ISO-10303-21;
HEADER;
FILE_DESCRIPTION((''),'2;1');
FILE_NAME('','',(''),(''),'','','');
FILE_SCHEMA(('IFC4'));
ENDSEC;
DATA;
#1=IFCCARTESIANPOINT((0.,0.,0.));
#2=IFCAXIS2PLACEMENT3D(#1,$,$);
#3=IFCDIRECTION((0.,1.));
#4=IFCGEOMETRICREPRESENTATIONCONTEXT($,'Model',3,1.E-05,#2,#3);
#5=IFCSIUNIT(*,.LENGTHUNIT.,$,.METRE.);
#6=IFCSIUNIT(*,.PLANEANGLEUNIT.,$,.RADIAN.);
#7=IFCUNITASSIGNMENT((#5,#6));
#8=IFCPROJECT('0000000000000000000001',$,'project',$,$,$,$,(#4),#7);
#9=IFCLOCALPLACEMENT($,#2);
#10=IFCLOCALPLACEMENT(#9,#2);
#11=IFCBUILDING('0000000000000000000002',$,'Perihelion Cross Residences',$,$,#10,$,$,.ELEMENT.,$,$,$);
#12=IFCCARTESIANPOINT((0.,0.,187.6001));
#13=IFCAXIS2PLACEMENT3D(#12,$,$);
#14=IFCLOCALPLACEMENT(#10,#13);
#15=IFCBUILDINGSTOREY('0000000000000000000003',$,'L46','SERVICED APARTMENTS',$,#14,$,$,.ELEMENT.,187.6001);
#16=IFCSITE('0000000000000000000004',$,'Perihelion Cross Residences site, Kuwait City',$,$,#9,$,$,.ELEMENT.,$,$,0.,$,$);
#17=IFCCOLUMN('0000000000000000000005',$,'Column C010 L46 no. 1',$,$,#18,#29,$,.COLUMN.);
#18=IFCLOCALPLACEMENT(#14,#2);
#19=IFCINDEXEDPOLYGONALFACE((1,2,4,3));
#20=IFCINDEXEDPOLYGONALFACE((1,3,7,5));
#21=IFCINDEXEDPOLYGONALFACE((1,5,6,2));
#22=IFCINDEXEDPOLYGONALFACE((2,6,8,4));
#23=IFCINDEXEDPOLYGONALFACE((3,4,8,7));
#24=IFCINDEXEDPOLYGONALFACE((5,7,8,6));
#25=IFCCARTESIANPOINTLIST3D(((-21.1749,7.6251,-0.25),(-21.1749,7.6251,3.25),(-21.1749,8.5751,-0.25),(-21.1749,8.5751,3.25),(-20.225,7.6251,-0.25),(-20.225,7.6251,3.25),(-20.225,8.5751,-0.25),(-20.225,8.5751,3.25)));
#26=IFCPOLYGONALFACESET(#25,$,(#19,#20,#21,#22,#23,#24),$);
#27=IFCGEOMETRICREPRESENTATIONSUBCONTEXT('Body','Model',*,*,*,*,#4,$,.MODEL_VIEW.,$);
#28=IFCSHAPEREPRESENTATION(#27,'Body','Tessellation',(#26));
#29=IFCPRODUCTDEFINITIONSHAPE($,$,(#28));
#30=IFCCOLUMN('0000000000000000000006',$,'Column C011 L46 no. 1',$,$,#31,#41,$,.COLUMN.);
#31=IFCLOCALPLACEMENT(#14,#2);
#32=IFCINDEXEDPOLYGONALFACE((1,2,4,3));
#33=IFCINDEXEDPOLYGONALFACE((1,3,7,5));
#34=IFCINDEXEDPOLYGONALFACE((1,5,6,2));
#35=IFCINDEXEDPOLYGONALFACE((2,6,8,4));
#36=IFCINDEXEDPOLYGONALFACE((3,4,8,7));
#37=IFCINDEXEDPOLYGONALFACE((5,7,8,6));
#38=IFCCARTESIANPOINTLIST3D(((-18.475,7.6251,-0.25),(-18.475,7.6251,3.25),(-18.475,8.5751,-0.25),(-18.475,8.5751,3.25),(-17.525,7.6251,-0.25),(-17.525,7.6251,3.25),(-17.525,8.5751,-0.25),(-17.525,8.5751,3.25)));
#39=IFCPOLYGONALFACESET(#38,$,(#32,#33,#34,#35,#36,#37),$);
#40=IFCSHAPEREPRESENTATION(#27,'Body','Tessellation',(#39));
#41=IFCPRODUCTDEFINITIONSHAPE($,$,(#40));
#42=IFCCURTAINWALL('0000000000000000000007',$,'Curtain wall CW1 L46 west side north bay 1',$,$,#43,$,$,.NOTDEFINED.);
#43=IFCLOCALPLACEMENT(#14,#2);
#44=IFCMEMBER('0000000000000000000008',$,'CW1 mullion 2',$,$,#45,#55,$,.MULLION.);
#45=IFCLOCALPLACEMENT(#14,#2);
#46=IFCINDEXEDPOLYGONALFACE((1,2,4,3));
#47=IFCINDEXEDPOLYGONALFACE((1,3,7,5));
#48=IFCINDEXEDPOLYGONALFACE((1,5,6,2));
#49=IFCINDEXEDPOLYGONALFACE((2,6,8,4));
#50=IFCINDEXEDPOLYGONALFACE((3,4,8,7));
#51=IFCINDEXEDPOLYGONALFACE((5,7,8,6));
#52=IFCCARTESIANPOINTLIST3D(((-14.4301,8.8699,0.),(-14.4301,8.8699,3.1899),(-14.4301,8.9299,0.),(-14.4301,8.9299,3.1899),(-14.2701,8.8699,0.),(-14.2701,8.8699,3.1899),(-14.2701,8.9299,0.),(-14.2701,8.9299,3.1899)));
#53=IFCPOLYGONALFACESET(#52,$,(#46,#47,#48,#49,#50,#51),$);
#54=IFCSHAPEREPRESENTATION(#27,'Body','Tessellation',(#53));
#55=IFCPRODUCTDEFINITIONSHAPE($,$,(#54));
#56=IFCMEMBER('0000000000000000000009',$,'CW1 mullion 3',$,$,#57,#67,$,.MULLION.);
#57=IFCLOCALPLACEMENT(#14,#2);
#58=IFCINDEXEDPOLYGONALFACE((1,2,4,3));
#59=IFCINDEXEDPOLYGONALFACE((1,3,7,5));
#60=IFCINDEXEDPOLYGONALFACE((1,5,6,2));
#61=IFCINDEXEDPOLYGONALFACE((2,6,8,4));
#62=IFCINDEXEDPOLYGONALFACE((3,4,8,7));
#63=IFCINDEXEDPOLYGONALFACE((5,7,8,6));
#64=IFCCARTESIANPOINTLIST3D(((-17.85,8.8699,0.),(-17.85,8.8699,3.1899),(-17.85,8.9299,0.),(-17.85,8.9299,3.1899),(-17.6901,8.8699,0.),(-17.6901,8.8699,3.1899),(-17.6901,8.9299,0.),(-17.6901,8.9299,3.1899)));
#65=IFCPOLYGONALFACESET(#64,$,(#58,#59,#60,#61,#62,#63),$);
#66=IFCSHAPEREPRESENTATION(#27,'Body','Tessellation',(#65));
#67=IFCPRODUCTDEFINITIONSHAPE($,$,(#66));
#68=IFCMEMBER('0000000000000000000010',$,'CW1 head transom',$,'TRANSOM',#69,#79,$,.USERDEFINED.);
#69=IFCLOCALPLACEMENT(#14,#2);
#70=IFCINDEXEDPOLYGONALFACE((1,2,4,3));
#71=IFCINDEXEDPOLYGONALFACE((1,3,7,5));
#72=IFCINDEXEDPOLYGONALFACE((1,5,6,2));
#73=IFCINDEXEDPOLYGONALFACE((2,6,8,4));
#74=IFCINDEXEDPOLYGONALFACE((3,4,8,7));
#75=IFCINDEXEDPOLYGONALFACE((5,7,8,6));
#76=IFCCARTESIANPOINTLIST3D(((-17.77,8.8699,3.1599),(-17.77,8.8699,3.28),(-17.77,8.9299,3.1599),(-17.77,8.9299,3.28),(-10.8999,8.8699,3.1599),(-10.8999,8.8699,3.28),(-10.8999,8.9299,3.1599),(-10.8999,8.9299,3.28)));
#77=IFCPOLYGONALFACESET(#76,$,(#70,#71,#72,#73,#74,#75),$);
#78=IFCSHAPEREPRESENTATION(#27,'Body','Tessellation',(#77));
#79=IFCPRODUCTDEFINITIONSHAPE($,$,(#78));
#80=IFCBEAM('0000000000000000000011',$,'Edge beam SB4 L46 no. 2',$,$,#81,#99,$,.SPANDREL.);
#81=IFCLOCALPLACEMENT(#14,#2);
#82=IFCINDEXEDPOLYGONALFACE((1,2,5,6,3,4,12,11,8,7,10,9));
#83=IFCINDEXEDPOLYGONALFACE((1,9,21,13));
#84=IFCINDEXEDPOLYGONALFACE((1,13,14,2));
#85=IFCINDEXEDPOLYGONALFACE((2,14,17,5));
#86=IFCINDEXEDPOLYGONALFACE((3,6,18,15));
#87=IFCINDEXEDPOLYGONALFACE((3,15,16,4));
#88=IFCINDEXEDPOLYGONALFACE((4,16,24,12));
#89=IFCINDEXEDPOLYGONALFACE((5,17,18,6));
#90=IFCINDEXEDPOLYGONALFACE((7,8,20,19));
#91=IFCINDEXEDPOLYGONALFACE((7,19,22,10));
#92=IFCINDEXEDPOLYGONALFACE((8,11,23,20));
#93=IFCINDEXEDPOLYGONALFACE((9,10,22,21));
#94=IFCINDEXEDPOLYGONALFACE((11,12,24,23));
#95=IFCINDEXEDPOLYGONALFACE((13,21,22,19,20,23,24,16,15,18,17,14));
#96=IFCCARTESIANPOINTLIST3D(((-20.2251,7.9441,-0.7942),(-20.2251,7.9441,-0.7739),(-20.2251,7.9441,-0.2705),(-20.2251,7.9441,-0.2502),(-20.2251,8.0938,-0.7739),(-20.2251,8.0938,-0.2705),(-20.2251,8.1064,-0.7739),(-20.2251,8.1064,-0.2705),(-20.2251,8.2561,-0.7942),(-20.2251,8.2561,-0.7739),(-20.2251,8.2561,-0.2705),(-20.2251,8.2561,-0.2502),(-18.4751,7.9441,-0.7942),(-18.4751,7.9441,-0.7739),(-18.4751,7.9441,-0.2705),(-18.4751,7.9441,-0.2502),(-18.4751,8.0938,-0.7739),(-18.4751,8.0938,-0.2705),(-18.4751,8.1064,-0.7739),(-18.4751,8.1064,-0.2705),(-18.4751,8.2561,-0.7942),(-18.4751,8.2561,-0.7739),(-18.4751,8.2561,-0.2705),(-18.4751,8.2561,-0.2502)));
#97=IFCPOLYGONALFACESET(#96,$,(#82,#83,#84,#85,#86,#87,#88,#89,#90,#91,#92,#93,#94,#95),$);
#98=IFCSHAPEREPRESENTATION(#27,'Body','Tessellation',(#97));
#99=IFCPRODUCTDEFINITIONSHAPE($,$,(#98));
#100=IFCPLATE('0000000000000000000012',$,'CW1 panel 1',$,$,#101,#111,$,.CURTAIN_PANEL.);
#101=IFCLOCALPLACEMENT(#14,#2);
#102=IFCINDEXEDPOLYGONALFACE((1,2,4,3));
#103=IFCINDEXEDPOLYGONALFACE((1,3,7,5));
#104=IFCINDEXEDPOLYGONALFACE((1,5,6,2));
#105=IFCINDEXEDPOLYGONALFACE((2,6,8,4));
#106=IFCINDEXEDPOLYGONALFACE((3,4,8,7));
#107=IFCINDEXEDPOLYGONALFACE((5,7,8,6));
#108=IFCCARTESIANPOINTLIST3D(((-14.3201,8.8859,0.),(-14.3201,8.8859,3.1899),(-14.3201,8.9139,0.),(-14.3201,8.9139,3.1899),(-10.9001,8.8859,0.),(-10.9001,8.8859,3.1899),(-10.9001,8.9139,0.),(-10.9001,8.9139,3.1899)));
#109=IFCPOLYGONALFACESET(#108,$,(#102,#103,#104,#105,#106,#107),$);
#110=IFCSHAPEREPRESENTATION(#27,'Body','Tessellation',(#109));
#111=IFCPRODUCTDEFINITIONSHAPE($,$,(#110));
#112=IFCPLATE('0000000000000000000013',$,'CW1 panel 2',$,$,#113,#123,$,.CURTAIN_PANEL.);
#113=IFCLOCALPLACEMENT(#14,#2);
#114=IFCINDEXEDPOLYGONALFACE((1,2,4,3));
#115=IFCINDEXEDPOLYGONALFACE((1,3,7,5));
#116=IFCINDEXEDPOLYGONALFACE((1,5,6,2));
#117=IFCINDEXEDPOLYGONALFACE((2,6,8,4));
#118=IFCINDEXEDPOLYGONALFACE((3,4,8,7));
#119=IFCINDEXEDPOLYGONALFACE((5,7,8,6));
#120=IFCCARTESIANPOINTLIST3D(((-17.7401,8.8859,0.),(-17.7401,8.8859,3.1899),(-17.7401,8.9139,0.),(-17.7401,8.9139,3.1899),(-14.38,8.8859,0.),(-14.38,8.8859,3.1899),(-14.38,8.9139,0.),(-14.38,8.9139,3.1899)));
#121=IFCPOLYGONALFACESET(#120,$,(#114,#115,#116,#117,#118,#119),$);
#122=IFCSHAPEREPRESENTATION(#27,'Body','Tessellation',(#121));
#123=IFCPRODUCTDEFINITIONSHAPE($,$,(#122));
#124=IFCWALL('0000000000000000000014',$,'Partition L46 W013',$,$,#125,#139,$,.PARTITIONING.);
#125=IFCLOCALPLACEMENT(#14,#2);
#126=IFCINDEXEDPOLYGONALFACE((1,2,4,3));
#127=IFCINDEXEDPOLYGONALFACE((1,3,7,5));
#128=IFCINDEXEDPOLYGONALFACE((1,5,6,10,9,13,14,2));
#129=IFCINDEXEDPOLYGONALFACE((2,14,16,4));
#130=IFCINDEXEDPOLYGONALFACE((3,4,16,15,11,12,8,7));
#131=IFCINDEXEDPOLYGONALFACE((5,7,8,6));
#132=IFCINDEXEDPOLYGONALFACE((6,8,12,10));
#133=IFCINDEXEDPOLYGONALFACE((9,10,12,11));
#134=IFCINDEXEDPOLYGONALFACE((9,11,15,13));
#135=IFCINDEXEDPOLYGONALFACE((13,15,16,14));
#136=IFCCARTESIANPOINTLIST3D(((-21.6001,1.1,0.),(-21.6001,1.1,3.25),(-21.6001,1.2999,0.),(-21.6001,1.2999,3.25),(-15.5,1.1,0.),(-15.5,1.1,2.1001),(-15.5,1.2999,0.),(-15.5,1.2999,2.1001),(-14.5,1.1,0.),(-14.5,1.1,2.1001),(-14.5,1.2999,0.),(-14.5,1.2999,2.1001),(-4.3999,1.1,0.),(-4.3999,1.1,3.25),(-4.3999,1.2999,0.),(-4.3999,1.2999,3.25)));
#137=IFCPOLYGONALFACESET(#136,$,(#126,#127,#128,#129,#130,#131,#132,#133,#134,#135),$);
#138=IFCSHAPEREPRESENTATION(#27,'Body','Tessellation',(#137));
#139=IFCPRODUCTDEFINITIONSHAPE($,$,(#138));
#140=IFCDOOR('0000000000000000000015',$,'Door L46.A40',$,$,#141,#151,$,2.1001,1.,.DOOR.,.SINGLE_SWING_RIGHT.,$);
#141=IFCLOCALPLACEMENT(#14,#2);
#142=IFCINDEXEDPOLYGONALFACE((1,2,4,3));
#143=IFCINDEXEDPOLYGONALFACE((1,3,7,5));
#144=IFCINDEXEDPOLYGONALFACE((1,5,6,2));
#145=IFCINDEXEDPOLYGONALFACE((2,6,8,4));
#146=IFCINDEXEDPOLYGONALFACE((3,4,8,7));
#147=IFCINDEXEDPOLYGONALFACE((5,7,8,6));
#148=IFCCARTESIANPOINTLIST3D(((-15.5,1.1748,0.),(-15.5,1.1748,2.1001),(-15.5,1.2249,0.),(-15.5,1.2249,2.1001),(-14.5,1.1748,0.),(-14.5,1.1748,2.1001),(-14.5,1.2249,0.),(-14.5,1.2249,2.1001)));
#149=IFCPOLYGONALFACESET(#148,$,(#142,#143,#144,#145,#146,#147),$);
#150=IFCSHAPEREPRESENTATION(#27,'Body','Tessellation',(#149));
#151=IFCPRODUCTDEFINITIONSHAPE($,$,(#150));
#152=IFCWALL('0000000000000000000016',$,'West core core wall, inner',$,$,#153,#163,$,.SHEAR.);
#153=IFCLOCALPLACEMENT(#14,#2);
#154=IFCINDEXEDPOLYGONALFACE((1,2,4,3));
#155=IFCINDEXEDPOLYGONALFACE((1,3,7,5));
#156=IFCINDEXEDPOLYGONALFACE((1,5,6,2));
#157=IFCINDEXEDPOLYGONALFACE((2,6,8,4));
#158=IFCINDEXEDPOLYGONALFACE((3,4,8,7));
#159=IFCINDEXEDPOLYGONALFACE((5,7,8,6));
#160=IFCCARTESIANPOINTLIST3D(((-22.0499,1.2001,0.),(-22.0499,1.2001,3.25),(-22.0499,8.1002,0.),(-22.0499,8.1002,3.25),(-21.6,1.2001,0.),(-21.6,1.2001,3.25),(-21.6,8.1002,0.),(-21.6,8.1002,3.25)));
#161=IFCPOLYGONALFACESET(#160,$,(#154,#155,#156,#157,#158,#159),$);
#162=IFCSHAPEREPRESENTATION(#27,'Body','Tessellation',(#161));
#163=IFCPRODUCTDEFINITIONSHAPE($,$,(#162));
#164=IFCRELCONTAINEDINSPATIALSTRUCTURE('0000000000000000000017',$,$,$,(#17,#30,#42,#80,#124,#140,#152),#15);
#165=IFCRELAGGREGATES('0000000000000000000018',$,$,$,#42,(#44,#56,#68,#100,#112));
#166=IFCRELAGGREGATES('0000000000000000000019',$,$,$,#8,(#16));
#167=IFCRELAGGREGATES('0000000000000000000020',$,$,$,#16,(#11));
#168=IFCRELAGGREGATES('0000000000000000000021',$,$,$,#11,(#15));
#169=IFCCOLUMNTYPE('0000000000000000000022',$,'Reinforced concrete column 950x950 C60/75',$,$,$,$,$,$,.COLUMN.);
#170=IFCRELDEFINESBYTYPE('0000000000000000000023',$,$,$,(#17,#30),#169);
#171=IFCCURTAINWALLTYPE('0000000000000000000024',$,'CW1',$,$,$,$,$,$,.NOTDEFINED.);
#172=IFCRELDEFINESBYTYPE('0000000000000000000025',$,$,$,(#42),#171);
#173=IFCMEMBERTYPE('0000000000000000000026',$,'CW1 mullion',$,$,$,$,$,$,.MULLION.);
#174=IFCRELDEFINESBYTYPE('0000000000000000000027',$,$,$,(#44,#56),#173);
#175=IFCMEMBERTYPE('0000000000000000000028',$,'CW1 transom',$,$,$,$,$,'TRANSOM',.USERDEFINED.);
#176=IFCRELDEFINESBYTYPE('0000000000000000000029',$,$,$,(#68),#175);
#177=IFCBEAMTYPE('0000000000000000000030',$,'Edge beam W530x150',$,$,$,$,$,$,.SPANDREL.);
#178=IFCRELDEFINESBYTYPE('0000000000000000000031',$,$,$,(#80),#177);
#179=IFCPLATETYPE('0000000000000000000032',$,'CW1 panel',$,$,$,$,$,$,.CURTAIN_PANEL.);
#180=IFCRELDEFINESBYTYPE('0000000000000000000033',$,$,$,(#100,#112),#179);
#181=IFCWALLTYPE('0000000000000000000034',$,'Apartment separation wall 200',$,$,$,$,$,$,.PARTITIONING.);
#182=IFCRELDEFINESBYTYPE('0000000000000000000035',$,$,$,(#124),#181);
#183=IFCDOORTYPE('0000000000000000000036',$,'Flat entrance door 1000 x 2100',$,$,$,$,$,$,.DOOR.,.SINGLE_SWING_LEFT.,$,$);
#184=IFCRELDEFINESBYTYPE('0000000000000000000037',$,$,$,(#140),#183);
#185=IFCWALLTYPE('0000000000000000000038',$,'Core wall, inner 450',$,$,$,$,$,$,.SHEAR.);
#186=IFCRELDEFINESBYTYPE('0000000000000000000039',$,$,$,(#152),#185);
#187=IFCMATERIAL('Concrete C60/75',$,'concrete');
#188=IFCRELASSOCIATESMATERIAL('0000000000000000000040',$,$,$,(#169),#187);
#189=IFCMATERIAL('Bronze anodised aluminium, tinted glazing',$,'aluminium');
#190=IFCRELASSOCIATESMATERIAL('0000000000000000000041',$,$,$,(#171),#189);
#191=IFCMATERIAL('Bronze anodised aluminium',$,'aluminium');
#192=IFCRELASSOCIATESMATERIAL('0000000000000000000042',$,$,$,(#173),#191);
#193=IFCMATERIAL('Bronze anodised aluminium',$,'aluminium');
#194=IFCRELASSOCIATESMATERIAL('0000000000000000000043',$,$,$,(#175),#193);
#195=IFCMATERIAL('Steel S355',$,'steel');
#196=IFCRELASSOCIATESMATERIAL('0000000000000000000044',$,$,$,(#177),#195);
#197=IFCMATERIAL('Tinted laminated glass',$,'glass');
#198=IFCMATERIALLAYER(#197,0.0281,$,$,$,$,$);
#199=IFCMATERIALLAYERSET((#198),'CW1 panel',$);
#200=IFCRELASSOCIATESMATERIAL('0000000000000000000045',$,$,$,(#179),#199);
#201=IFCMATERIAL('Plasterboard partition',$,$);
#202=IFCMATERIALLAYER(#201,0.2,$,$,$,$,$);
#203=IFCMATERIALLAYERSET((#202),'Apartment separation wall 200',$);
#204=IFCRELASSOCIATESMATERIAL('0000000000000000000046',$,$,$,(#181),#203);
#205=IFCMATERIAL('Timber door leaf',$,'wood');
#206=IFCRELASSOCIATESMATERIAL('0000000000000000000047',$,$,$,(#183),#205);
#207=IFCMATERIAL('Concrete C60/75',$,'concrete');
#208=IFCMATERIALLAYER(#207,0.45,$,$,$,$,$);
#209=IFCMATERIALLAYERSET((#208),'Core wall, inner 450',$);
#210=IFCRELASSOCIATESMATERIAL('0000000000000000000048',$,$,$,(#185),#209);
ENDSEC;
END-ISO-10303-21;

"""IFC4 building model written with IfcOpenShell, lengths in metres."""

from ifc_helpers import new_model, si_unit, direction, frame, frame_2d, origin, origin_2d, place, context, subcontext, project, spatial, rectangle, i_section, extrude, material, layer, layer_set, material_profile, profile_set, type_object, element, fill, aggregate, save


model = new_model("IFC4")

# Units and contexts
model_context = context("Model", 3, precision=1e-05, world=origin(), true_north=direction((0.0, 1.0)))
body_context = subcontext(model_context, "Body", "Model", "MODEL_VIEW")
ifc_project = project(units=[si_unit("LENGTHUNIT", "METRE"), si_unit("PLANEANGLEUNIT", "RADIAN")], contexts=[model_context])

# Site, building, storey
site_placement = place(None, origin())
site = spatial("IfcSite", under=ifc_project, at=site_placement, Name="Perihelion Cross Residences site, Kuwait City", CompositionType="ELEMENT", RefElevation=0.0)
building_placement = place(site_placement, origin())
building = spatial("IfcBuilding", under=site, at=building_placement, Name="Perihelion Cross Residences", CompositionType="ELEMENT")
storey_placement = place(building_placement, frame((0.0, 0.0, 187.6001)))
storey = spatial("IfcBuildingStorey", under=building, at=storey_placement, Name="L46", Description="SERVICED APARTMENTS", CompositionType="ELEMENT", Elevation=187.6001)

# Columns
ifc_material_1 = material(Name="Concrete C60/75", Category="concrete")
ifc_material_profile_1 = material_profile(ifc_material_1, rectangle(XDim=0.95, YDim=0.95, at=origin_2d()), Name="RC 950x950")
ifc_profile_set_1 = profile_set([ifc_material_profile_1], Name="Concrete C60/75")
column_type = type_object("IfcColumnType", Name="Reinforced concrete column 950x950 C60/75", PredefinedType="COLUMN", material=ifc_profile_set_1)
for number, where, z_axis, x_axis, name in (
    (1, (-20.7, 8.1001, -0.25), (0.0, 0.0, 1.0), (1.0, 0.0, 0.0), "Column C010 L46 no. 1"),
    (2, (-18.0, 8.1001, -0.25), (0.0, 0.0, 1.0), (1.0, 0.0, 0.0), "Column C011 L46 no. 1"),
):
    element("IfcColumn", number, at=place(storey_placement, frame(where, z_axis=z_axis, x_axis=x_axis)), inside=storey, type_object=column_type, Name=name, PredefinedType="COLUMN", context=body_context, shape_type="SweptSolid", body=[
        extrude(rectangle(XDim=0.95, YDim=0.95, at=origin_2d()), origin(), (0.0, 0.0, 1.0), 3.5),
    ])

# Curtain wall, members
ifc_material_2 = material(Name="Bronze anodised aluminium, tinted glazing", Category="aluminium")
curtain_wall_type = type_object("IfcCurtainWallType", Name="CW1", PredefinedType="NOTDEFINED", material=ifc_material_2)
curtain_wall_placement = place(storey_placement, origin())
curtain_wall = element("IfcCurtainWall", 3, at=curtain_wall_placement, inside=storey, type_object=curtain_wall_type, Name="Curtain wall CW1 L46 west side north bay 1", PredefinedType="NOTDEFINED")
ifc_material_3 = material(Name="Bronze anodised aluminium", Category="aluminium")
ifc_material_profile_2 = material_profile(ifc_material_3, rectangle(XDim=0.0601, YDim=0.1599, at=origin_2d()), Name="CW1 mullion")
ifc_profile_set_2 = profile_set([ifc_material_profile_2], Name="Bronze anodised aluminium")
member_type_1 = type_object("IfcMemberType", Name="CW1 mullion", PredefinedType="MULLION", material=ifc_profile_set_2)
member_1_placement = place(storey_placement, frame((-14.3501, 8.8999, 0.0), z_axis=(0.0, 0.0, 1.0), x_axis=(0.0, -1.0, 0.0)))
member_1 = element("IfcMember", 4, at=member_1_placement, type_object=member_type_1, Name="CW1 mullion 2", PredefinedType="MULLION", context=body_context, shape_type="SweptSolid", body=[
    extrude(rectangle(XDim=0.0601, YDim=0.1599, at=origin_2d()), origin(), (0.0, 0.0, 1.0), 3.1899),
])
member_2_placement = place(storey_placement, frame((-17.77, 8.8999, 0.0), z_axis=(0.0, 0.0, 1.0), x_axis=(0.0, -1.0, 0.0)))
member_2 = element("IfcMember", 5, at=member_2_placement, type_object=member_type_1, Name="CW1 mullion 3", PredefinedType="MULLION", context=body_context, shape_type="SweptSolid", body=[
    extrude(rectangle(XDim=0.0601, YDim=0.1599, at=origin_2d()), origin(), (0.0, 0.0, 1.0), 3.1899),
])
ifc_material_4 = material(Name="Bronze anodised aluminium", Category="aluminium")
ifc_material_profile_3 = material_profile(ifc_material_4, rectangle(XDim=0.0601, YDim=0.1201, at=origin_2d()), Name="CW1 transom")
ifc_profile_set_3 = profile_set([ifc_material_profile_3], Name="Bronze anodised aluminium")
member_type_2 = type_object("IfcMemberType", Name="CW1 transom", ElementType="TRANSOM", PredefinedType="USERDEFINED", material=ifc_profile_set_3)
member_3_placement = place(storey_placement, frame((-10.8999, 8.8999, 3.22), z_axis=(-1.0, 0.0, 0.0), x_axis=(0.0, -1.0, 0.0)))
member_3 = element("IfcMember", 6, at=member_3_placement, type_object=member_type_2, Name="CW1 head transom", ObjectType="TRANSOM", PredefinedType="USERDEFINED", context=body_context, shape_type="SweptSolid", body=[
    extrude(rectangle(XDim=0.0601, YDim=0.1201, at=origin_2d()), origin(), (0.0, 0.0, 1.0), 6.8701),
])

# Beam
ifc_material_5 = material(Name="Steel S355", Category="steel")
ifc_material_profile_4 = material_profile(ifc_material_5, i_section(OverallWidth=0.312, OverallDepth=0.5439, WebThickness=0.0127, FlangeThickness=0.0203, at=origin_2d()), Name="W530x150")
ifc_profile_set_4 = profile_set([ifc_material_profile_4], Name="Steel S355")
beam_type = type_object("IfcBeamType", Name="Edge beam W530x150", PredefinedType="SPANDREL", material=ifc_profile_set_4)
beam_placement = place(storey_placement, frame((-18.4751, 8.1001, -0.5222), z_axis=(-1.0, 0.0, 0.0), x_axis=(0.0, -1.0, 0.0)))
element("IfcBeam", 7, at=beam_placement, inside=storey, type_object=beam_type, Name="Edge beam SB4 L46 no. 2", PredefinedType="SPANDREL", context=body_context, shape_type="SweptSolid", body=[
    extrude(i_section(OverallWidth=0.312, OverallDepth=0.5439, WebThickness=0.0127, FlangeThickness=0.0203, at=origin_2d()), origin(), (0.0, 0.0, 1.0), 1.75),
])

# Plates
ifc_material_6 = material(Name="Tinted laminated glass", Category="glass")
ifc_layer_1 = layer(ifc_material_6, 0.0281)
ifc_layer_set_1 = layer_set([ifc_layer_1], Name="CW1 panel")
plate_type = type_object("IfcPlateType", Name="CW1 panel", PredefinedType="CURTAIN_PANEL", material=ifc_layer_set_1)
plate_1_placement = place(storey_placement, frame((-12.6101, 8.8999, 0.0), z_axis=(0.0, 0.0, 1.0), x_axis=(-1.0, 0.0, 0.0)))
plate_1 = element("IfcPlate", 8, at=plate_1_placement, type_object=plate_type, Name="CW1 panel 1", PredefinedType="CURTAIN_PANEL", context=body_context, shape_type="SweptSolid", body=[
    extrude(rectangle(XDim=3.4199, YDim=0.0281, at=origin_2d()), origin(), (0.0, 0.0, 1.0), 3.1899),
])
plate_2_placement = place(storey_placement, frame((-16.0601, 8.8999, 0.0), z_axis=(0.0, 0.0, 1.0), x_axis=(-1.0, 0.0, 0.0)))
plate_2 = element("IfcPlate", 9, at=plate_2_placement, type_object=plate_type, Name="CW1 panel 2", PredefinedType="CURTAIN_PANEL", context=body_context, shape_type="SweptSolid", body=[
    extrude(rectangle(XDim=3.3601, YDim=0.0281, at=origin_2d()), origin(), (0.0, 0.0, 1.0), 3.1899),
])
aggregate(curtain_wall, [member_1, member_2, member_3, plate_1, plate_2])

# Wall, opening, door
ifc_material_7 = material(Name="Plasterboard partition")
ifc_layer_2 = layer(ifc_material_7, 0.2)
ifc_layer_set_2 = layer_set([ifc_layer_2], Name="Apartment separation wall 200")
wall_type_1 = type_object("IfcWallType", Name="Apartment separation wall 200", PredefinedType="PARTITIONING", material=ifc_layer_set_2)
wall_1_placement = place(storey_placement, frame((-21.6001, 1.2, 0.0), z_axis=(0.0, 0.0, 1.0), x_axis=(1.0, 0.0, 0.0)))
wall_1 = element("IfcWall", 10, at=wall_1_placement, inside=storey, type_object=wall_type_1, Name="Partition L46 W013", PredefinedType="PARTITIONING", context=body_context, shape_type="SweptSolid", body=[
    extrude(rectangle(XDim=17.2002, YDim=0.2, at=frame_2d((8.6001, 0.0))), origin(), (0.0, 0.0, 1.0), 3.25),
])
opening_1_placement = place(wall_1_placement, frame((6.1001, 0.0, 0.0)))
opening_1 = element("IfcOpeningElement", 11, at=opening_1_placement, cuts=wall_1, PredefinedType="OPENING", context=body_context, shape_type="SweptSolid", body=[
    extrude(rectangle(XDim=1.0, YDim=2.1001, at=frame_2d((0.5, 1.05))), frame((0.0, 0.1099, 0.0), z_axis=(0.0, -1.0, 0.0), x_axis=(1.0, 0.0, 0.0)), (0.0, 0.0, 1.0), 0.22),
])
ifc_material_8 = material(Name="Timber door leaf", Category="wood")
door_type_1 = type_object("IfcDoorType", Name="Flat entrance door 1000 x 2100", OperationType="SINGLE_SWING_LEFT", PredefinedType="DOOR", material=ifc_material_8)
door_1_placement = place(opening_1_placement, origin())
door_1 = element("IfcDoor", 12, at=door_1_placement, inside=storey, type_object=door_type_1, Name="Door L46.A40", OperationType="SINGLE_SWING_RIGHT", OverallHeight=2.1001, OverallWidth=1.0, PredefinedType="DOOR", context=body_context, shape_type="SweptSolid", body=[
    extrude(rectangle(XDim=1.0, YDim=2.1001, at=frame_2d((0.5, 1.05))), frame((0.0, 0.0249, 0.0), z_axis=(0.0, -1.0, 0.0), x_axis=(1.0, 0.0, 0.0)), (0.0, 0.0, 1.0), 0.05),
])
fill(opening_1, door_1)

# Wall
ifc_material_9 = material(Name="Concrete C60/75", Category="concrete")
ifc_layer_3 = layer(ifc_material_9, 0.45)
ifc_layer_set_3 = layer_set([ifc_layer_3], Name="Core wall, inner 450")
wall_type_2 = type_object("IfcWallType", Name="Core wall, inner 450", PredefinedType="SHEAR", material=ifc_layer_set_3)
wall_2_placement = place(storey_placement, frame((-21.825, 1.2, 0.0), z_axis=(0.0, 0.0, 1.0), x_axis=(0.0, 1.0, 0.0)))
element("IfcWall", 13, at=wall_2_placement, inside=storey, type_object=wall_type_2, Name="West core core wall, inner", PredefinedType="SHEAR", context=body_context, shape_type="SweptSolid", body=[
    extrude(rectangle(XDim=6.9001, YDim=0.45, at=frame_2d((3.4502, 0.0))), origin(), (0.0, 0.0, 1.0), 3.25),
])

save(model, "model.ifc")
